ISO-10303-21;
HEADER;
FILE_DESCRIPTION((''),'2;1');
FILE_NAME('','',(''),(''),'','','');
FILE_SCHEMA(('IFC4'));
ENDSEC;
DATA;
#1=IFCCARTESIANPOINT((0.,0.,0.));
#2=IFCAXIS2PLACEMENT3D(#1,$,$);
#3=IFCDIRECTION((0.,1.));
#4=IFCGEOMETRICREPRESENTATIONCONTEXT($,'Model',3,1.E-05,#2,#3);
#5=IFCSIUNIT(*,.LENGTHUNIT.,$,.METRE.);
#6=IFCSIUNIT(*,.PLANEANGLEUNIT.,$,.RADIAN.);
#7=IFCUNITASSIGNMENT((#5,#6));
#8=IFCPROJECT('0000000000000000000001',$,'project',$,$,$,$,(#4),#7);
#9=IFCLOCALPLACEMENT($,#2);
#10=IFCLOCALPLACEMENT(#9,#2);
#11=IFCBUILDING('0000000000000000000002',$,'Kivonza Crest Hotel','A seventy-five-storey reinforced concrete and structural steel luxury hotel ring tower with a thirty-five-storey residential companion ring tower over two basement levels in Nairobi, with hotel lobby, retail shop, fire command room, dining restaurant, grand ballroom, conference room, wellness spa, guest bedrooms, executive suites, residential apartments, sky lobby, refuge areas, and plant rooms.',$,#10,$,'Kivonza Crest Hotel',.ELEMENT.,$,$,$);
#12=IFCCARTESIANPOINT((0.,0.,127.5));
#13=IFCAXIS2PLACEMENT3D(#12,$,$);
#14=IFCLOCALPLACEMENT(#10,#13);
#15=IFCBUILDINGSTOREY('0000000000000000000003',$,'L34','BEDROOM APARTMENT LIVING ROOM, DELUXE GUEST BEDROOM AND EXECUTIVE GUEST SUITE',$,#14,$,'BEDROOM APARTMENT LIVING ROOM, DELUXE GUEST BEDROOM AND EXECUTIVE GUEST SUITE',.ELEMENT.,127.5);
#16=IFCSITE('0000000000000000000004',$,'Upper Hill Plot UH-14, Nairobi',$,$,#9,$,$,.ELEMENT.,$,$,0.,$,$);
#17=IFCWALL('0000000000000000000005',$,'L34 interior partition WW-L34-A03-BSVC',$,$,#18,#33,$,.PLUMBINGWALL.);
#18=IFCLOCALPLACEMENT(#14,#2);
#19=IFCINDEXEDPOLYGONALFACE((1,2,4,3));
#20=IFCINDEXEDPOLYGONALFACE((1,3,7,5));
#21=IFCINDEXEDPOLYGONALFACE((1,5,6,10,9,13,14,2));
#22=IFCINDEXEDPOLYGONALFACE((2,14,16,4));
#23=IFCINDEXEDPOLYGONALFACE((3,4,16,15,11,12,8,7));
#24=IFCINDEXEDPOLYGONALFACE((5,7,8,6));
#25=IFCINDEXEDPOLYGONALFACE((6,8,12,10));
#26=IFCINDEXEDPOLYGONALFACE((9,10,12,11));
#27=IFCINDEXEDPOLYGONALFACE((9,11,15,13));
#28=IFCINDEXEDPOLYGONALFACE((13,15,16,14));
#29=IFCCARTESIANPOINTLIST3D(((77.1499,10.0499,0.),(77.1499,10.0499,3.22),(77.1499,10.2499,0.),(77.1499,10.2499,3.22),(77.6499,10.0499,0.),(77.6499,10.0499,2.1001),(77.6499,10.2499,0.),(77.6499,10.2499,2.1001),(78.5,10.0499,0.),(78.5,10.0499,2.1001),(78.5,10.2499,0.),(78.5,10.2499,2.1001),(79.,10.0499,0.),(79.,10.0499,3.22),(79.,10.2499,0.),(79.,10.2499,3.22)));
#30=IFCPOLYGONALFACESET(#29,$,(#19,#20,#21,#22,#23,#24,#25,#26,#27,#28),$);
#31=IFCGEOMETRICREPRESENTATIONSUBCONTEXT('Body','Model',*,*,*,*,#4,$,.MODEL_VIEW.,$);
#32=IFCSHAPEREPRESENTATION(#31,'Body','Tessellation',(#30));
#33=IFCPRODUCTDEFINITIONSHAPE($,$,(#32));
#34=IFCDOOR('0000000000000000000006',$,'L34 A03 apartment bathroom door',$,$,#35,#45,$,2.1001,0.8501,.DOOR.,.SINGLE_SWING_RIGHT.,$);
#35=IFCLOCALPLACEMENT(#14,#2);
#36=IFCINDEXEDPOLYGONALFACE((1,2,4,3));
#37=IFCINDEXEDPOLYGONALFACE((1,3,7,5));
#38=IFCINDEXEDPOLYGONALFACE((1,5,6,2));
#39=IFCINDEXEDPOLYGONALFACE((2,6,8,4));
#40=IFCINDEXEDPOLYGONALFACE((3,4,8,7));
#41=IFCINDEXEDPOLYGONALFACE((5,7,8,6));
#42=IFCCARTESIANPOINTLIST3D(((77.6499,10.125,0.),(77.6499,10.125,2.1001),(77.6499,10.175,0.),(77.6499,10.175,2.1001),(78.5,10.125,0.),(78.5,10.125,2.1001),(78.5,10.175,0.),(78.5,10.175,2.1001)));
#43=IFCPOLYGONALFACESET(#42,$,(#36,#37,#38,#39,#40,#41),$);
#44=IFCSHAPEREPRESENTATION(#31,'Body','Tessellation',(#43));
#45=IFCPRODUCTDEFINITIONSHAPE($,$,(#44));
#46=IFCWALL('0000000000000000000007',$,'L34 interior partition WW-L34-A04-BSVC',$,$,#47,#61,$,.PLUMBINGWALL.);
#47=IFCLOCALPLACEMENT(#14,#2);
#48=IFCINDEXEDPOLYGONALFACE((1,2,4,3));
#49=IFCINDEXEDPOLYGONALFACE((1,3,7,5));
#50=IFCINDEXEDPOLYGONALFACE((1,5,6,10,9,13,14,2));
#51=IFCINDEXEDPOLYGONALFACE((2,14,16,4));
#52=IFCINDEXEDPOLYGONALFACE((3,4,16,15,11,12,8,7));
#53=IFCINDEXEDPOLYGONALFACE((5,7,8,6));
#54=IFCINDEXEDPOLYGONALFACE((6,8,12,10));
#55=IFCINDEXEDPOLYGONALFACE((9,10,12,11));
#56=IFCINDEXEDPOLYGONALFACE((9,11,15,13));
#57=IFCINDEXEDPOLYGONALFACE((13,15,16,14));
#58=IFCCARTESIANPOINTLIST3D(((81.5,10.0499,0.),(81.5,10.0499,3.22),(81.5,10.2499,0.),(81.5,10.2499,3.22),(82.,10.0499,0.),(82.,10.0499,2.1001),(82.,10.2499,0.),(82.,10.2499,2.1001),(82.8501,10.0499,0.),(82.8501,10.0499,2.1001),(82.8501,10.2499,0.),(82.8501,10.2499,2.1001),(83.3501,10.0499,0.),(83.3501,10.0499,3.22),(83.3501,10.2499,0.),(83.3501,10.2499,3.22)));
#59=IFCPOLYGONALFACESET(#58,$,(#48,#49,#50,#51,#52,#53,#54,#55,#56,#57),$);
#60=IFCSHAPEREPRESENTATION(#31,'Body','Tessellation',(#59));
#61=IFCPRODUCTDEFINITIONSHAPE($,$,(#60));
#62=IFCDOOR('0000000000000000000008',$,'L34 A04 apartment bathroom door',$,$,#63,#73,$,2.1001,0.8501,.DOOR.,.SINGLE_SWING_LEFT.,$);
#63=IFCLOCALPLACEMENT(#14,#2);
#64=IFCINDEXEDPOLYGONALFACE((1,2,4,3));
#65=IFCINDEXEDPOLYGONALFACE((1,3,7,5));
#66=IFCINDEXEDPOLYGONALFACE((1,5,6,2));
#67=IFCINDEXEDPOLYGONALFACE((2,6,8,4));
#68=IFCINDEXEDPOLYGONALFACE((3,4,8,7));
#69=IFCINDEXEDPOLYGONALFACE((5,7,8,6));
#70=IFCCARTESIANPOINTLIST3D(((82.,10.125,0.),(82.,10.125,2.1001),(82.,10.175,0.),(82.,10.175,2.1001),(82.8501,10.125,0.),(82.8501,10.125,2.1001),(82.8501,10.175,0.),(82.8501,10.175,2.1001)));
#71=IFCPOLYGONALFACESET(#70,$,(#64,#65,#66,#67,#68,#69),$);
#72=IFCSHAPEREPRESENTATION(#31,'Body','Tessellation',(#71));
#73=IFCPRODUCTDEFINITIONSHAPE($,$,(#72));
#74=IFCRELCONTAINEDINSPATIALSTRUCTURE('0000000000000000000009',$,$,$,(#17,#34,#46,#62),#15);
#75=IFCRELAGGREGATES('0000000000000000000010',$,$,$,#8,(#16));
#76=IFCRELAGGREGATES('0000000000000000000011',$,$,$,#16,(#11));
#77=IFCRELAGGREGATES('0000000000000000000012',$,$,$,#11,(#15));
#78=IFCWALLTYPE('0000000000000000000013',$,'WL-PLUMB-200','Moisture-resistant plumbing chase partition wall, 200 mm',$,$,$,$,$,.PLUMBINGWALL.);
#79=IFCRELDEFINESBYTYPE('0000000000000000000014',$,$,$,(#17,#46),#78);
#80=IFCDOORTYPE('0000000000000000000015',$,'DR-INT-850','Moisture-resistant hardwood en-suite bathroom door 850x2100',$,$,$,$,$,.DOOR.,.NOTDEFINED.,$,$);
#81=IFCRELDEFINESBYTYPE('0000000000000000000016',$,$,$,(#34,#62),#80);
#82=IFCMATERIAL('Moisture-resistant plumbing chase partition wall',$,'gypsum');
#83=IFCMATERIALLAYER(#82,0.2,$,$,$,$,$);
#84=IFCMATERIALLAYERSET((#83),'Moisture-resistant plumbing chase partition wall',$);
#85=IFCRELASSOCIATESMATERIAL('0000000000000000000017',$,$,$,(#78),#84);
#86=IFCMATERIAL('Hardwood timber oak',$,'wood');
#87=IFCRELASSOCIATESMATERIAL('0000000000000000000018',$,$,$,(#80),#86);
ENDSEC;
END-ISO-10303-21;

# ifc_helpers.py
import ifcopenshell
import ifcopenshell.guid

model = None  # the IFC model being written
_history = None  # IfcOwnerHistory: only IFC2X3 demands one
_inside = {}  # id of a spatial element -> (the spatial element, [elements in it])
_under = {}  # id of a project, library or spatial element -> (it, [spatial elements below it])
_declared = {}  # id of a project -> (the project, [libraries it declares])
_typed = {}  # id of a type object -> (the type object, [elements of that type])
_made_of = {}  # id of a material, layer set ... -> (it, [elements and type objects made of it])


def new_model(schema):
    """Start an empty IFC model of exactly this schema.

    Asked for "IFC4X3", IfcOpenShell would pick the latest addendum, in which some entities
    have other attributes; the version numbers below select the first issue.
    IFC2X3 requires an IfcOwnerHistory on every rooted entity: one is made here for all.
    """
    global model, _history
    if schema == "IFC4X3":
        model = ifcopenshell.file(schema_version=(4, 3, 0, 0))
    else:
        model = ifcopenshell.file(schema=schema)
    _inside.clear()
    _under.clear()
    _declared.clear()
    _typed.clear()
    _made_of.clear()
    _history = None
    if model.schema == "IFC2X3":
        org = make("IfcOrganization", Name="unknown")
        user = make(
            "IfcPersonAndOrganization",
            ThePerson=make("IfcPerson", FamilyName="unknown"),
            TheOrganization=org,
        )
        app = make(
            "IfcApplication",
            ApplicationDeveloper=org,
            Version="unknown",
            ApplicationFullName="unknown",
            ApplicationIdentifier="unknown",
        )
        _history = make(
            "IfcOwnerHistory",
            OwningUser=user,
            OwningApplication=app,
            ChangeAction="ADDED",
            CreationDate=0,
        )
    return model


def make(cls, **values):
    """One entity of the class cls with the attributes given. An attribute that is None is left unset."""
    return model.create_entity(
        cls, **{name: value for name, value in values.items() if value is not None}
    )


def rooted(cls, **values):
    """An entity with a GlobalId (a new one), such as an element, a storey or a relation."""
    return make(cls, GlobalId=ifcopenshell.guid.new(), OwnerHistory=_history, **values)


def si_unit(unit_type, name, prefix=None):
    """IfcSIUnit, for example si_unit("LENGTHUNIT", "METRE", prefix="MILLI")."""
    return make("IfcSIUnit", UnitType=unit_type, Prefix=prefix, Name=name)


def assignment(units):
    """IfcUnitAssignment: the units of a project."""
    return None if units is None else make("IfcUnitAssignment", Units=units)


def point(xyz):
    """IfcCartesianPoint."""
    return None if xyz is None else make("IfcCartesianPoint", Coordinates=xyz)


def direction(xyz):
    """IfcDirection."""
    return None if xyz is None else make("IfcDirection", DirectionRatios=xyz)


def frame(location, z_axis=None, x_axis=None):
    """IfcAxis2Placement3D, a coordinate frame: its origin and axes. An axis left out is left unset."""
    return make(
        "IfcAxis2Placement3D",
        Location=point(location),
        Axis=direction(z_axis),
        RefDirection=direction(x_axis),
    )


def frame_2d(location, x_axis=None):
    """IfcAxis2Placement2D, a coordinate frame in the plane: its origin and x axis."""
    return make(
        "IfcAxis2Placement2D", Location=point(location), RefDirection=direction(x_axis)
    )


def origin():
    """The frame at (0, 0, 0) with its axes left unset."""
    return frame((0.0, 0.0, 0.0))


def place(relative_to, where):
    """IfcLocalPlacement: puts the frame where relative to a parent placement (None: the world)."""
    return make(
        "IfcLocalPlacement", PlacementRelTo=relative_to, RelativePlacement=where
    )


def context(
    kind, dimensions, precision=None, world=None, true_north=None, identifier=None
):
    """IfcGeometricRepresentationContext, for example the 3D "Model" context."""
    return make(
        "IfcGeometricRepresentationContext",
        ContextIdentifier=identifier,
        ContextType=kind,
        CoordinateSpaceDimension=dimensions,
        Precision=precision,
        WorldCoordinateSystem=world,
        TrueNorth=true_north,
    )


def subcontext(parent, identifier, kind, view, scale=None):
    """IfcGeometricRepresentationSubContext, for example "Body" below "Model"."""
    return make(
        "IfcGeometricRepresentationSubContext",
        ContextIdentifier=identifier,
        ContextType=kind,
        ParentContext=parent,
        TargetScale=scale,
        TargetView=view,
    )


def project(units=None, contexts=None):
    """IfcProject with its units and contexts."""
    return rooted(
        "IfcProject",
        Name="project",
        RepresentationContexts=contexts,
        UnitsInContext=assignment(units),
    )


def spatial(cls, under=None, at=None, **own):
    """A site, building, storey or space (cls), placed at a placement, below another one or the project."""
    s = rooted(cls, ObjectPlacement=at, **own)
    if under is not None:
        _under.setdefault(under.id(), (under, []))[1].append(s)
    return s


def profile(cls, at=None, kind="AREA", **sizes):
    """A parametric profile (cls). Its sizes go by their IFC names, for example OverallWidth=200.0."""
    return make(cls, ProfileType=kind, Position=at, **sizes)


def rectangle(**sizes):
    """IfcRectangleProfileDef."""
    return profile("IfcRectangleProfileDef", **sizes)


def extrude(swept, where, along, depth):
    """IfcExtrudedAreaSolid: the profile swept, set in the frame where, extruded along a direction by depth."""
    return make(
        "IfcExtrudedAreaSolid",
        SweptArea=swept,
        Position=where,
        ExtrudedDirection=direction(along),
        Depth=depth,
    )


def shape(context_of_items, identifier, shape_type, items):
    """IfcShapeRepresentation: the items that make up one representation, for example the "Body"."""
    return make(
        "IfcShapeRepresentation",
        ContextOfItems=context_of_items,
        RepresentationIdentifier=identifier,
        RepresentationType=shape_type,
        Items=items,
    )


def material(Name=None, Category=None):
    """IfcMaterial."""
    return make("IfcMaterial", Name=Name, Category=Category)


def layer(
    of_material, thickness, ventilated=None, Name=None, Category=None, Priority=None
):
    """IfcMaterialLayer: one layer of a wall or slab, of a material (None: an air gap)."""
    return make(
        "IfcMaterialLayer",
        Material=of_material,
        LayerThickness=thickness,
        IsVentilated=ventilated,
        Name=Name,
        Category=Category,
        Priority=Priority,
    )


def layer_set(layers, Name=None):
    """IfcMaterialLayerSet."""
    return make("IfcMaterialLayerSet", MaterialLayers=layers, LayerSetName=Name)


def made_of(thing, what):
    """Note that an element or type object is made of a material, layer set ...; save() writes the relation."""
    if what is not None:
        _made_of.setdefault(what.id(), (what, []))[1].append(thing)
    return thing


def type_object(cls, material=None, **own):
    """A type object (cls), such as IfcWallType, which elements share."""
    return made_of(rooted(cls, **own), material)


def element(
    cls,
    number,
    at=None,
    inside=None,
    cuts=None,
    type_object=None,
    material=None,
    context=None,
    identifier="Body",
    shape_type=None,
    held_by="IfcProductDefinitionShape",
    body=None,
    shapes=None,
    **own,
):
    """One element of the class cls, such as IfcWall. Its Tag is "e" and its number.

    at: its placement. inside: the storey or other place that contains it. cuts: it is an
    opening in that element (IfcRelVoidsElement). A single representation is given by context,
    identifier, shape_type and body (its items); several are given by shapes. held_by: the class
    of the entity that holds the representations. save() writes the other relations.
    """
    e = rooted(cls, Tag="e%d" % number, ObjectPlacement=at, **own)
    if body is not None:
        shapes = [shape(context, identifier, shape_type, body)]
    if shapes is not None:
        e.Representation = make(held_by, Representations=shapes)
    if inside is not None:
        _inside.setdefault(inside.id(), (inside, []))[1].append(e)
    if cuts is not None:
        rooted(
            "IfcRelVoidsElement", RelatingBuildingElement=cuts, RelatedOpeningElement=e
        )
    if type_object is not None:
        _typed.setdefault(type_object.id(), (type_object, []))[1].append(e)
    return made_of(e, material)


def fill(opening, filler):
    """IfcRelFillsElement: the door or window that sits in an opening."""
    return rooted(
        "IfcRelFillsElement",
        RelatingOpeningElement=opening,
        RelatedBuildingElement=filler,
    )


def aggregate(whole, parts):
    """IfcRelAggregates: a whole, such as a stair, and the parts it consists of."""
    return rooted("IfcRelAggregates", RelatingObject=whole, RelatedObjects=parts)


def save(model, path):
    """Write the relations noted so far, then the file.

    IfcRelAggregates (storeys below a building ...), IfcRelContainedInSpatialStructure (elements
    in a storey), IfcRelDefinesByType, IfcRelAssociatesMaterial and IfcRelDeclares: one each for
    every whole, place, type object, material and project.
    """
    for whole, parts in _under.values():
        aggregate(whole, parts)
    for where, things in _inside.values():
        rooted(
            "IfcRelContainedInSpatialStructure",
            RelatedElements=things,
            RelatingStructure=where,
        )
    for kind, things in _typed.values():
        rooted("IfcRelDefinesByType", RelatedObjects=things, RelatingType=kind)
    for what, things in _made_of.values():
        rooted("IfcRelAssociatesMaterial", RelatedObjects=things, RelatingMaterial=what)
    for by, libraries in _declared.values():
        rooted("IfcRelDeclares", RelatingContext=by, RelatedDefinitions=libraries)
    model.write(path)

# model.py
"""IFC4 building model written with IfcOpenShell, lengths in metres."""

from ifc_helpers import new_model, si_unit, direction, frame, frame_2d, origin, place, context, subcontext, project, spatial, rectangle, extrude, material, layer, layer_set, type_object, element, fill, save


model = new_model("IFC4")

# Units and contexts
model_context = context("Model", 3, precision=1e-05, world=origin(), true_north=direction((0.0, 1.0)))
body_context = subcontext(model_context, "Body", "Model", "MODEL_VIEW")
ifc_project = project(units=[si_unit("LENGTHUNIT", "METRE"), si_unit("PLANEANGLEUNIT", "RADIAN")], contexts=[model_context])

# Site, building, storey
site_placement = place(None, origin())
site = spatial("IfcSite", under=ifc_project, at=site_placement, Name="Upper Hill Plot UH-14, Nairobi", CompositionType="ELEMENT", RefElevation=0.0)
building_placement = place(site_placement, origin())
building = spatial("IfcBuilding", under=site, at=building_placement, Name="Kivonza Crest Hotel", Description="A seventy-five-storey reinforced concrete and structural steel luxury hotel ring tower with a thirty-five-storey residential companion ring tower over two basement levels in Nairobi, with hotel lobby, retail shop, fire command room, dining restaurant, grand ballroom, conference room, wellness spa, guest bedrooms, executive suites, residential apartments, sky lobby, refuge areas, and plant rooms.", LongName="Kivonza Crest Hotel", CompositionType="ELEMENT")
storey_placement = place(building_placement, frame((0.0, 0.0, 127.5)))
storey = spatial("IfcBuildingStorey", under=building, at=storey_placement, Name="L34", Description="BEDROOM APARTMENT LIVING ROOM, DELUXE GUEST BEDROOM AND EXECUTIVE GUEST SUITE", LongName="BEDROOM APARTMENT LIVING ROOM, DELUXE GUEST BEDROOM AND EXECUTIVE GUEST SUITE", CompositionType="ELEMENT", Elevation=127.5)

# Shared definitions
ifc_material_1 = material(Name="Hardwood timber oak", Category="wood")

# Walls, openings, doors
ifc_material_2 = material(Name="Moisture-resistant plumbing chase partition wall", Category="gypsum")
ifc_layer_1 = layer(ifc_material_2, 0.2)
ifc_layer_set_1 = layer_set([ifc_layer_1], Name="Moisture-resistant plumbing chase partition wall")
wall_type_1 = type_object("IfcWallType", Name="WL-PLUMB-200", Description="Moisture-resistant plumbing chase partition wall, 200 mm", PredefinedType="PLUMBINGWALL", material=ifc_layer_set_1)
wall_1_placement = place(storey_placement, frame((77.1499, 10.1499, 0.0), z_axis=(0.0, 0.0, 1.0), x_axis=(1.0, 0.0, 0.0)))
wall_1 = element("IfcWall", 1, at=wall_1_placement, inside=storey, type_object=wall_type_1, Name="L34 interior partition WW-L34-A03-BSVC", PredefinedType="PLUMBINGWALL", context=body_context, shape_type="SweptSolid", body=[
    extrude(rectangle(XDim=1.8501, YDim=0.2, at=frame_2d((0.925, 0.0))), origin(), (0.0, 0.0, 1.0), 3.22),
])
opening_1_placement = place(wall_1_placement, frame((0.5, 0.0, 0.0)))
opening_1 = element("IfcOpeningElement", 2, at=opening_1_placement, cuts=wall_1, PredefinedType="OPENING", context=body_context, shape_type="SweptSolid", body=[
    extrude(rectangle(XDim=0.8501, YDim=2.1001, at=frame_2d((0.425, 1.05))), frame((0.0, 0.1099, 0.0), z_axis=(0.0, -1.0, 0.0), x_axis=(1.0, 0.0, 0.0)), (0.0, 0.0, 1.0), 0.22),
])
door_type_1 = type_object("IfcDoorType", Name="DR-INT-850", Description="Moisture-resistant hardwood en-suite bathroom door 850x2100", OperationType="NOTDEFINED", PredefinedType="DOOR", material=ifc_material_1)
door_1_placement = place(opening_1_placement, frame((0.8501, 0.0, 0.0), z_axis=(0.0, 0.0, 1.0), x_axis=(-1.0, 0.0, 0.0)))
door_1 = element("IfcDoor", 3, at=door_1_placement, inside=storey, type_object=door_type_1, Name="L34 A03 apartment bathroom door", OperationType="SINGLE_SWING_RIGHT", OverallHeight=2.1001, OverallWidth=0.8501, PredefinedType="DOOR", context=body_context, shape_type="SweptSolid", body=[
    extrude(rectangle(XDim=0.8501, YDim=2.1001, at=frame_2d((0.425, 1.05))), frame((0.0, 0.0249, 0.0), z_axis=(0.0, -1.0, 0.0), x_axis=(1.0, 0.0, 0.0)), (0.0, 0.0, 1.0), 0.05),
])
fill(opening_1, door_1)
wall_2_placement = place(storey_placement, frame((81.5, 10.1499, 0.0), z_axis=(0.0, 0.0, 1.0), x_axis=(1.0, 0.0, 0.0)))
wall_2 = element("IfcWall", 4, at=wall_2_placement, inside=storey, type_object=wall_type_1, Name="L34 interior partition WW-L34-A04-BSVC", PredefinedType="PLUMBINGWALL", context=body_context, shape_type="SweptSolid", body=[
    extrude(rectangle(XDim=1.8501, YDim=0.2, at=frame_2d((0.925, 0.0))), origin(), (0.0, 0.0, 1.0), 3.22),
])
opening_2_placement = place(wall_2_placement, frame((0.5, 0.0, 0.0)))
opening_2 = element("IfcOpeningElement", 5, at=opening_2_placement, cuts=wall_2, PredefinedType="OPENING", context=body_context, shape_type="SweptSolid", body=[
    extrude(rectangle(XDim=0.8501, YDim=2.1001, at=frame_2d((0.425, 1.05))), frame((0.0, 0.1099, 0.0), z_axis=(0.0, -1.0, 0.0), x_axis=(1.0, 0.0, 0.0)), (0.0, 0.0, 1.0), 0.22),
])
door_2_placement = place(opening_2_placement, frame((0.8501, 0.0, 0.0), z_axis=(0.0, 0.0, 1.0), x_axis=(-1.0, 0.0, 0.0)))
door_2 = element("IfcDoor", 6, at=door_2_placement, inside=storey, type_object=door_type_1, Name="L34 A04 apartment bathroom door", OperationType="SINGLE_SWING_LEFT", OverallHeight=2.1001, OverallWidth=0.8501, PredefinedType="DOOR", context=body_context, shape_type="SweptSolid", body=[
    extrude(rectangle(XDim=0.8501, YDim=2.1001, at=frame_2d((0.425, 1.05))), frame((0.0, 0.0249, 0.0), z_axis=(0.0, -1.0, 0.0), x_axis=(1.0, 0.0, 0.0)), (0.0, 0.0, 1.0), 0.05),
])
fill(opening_2, door_2)

save(model, "model.ifc")
